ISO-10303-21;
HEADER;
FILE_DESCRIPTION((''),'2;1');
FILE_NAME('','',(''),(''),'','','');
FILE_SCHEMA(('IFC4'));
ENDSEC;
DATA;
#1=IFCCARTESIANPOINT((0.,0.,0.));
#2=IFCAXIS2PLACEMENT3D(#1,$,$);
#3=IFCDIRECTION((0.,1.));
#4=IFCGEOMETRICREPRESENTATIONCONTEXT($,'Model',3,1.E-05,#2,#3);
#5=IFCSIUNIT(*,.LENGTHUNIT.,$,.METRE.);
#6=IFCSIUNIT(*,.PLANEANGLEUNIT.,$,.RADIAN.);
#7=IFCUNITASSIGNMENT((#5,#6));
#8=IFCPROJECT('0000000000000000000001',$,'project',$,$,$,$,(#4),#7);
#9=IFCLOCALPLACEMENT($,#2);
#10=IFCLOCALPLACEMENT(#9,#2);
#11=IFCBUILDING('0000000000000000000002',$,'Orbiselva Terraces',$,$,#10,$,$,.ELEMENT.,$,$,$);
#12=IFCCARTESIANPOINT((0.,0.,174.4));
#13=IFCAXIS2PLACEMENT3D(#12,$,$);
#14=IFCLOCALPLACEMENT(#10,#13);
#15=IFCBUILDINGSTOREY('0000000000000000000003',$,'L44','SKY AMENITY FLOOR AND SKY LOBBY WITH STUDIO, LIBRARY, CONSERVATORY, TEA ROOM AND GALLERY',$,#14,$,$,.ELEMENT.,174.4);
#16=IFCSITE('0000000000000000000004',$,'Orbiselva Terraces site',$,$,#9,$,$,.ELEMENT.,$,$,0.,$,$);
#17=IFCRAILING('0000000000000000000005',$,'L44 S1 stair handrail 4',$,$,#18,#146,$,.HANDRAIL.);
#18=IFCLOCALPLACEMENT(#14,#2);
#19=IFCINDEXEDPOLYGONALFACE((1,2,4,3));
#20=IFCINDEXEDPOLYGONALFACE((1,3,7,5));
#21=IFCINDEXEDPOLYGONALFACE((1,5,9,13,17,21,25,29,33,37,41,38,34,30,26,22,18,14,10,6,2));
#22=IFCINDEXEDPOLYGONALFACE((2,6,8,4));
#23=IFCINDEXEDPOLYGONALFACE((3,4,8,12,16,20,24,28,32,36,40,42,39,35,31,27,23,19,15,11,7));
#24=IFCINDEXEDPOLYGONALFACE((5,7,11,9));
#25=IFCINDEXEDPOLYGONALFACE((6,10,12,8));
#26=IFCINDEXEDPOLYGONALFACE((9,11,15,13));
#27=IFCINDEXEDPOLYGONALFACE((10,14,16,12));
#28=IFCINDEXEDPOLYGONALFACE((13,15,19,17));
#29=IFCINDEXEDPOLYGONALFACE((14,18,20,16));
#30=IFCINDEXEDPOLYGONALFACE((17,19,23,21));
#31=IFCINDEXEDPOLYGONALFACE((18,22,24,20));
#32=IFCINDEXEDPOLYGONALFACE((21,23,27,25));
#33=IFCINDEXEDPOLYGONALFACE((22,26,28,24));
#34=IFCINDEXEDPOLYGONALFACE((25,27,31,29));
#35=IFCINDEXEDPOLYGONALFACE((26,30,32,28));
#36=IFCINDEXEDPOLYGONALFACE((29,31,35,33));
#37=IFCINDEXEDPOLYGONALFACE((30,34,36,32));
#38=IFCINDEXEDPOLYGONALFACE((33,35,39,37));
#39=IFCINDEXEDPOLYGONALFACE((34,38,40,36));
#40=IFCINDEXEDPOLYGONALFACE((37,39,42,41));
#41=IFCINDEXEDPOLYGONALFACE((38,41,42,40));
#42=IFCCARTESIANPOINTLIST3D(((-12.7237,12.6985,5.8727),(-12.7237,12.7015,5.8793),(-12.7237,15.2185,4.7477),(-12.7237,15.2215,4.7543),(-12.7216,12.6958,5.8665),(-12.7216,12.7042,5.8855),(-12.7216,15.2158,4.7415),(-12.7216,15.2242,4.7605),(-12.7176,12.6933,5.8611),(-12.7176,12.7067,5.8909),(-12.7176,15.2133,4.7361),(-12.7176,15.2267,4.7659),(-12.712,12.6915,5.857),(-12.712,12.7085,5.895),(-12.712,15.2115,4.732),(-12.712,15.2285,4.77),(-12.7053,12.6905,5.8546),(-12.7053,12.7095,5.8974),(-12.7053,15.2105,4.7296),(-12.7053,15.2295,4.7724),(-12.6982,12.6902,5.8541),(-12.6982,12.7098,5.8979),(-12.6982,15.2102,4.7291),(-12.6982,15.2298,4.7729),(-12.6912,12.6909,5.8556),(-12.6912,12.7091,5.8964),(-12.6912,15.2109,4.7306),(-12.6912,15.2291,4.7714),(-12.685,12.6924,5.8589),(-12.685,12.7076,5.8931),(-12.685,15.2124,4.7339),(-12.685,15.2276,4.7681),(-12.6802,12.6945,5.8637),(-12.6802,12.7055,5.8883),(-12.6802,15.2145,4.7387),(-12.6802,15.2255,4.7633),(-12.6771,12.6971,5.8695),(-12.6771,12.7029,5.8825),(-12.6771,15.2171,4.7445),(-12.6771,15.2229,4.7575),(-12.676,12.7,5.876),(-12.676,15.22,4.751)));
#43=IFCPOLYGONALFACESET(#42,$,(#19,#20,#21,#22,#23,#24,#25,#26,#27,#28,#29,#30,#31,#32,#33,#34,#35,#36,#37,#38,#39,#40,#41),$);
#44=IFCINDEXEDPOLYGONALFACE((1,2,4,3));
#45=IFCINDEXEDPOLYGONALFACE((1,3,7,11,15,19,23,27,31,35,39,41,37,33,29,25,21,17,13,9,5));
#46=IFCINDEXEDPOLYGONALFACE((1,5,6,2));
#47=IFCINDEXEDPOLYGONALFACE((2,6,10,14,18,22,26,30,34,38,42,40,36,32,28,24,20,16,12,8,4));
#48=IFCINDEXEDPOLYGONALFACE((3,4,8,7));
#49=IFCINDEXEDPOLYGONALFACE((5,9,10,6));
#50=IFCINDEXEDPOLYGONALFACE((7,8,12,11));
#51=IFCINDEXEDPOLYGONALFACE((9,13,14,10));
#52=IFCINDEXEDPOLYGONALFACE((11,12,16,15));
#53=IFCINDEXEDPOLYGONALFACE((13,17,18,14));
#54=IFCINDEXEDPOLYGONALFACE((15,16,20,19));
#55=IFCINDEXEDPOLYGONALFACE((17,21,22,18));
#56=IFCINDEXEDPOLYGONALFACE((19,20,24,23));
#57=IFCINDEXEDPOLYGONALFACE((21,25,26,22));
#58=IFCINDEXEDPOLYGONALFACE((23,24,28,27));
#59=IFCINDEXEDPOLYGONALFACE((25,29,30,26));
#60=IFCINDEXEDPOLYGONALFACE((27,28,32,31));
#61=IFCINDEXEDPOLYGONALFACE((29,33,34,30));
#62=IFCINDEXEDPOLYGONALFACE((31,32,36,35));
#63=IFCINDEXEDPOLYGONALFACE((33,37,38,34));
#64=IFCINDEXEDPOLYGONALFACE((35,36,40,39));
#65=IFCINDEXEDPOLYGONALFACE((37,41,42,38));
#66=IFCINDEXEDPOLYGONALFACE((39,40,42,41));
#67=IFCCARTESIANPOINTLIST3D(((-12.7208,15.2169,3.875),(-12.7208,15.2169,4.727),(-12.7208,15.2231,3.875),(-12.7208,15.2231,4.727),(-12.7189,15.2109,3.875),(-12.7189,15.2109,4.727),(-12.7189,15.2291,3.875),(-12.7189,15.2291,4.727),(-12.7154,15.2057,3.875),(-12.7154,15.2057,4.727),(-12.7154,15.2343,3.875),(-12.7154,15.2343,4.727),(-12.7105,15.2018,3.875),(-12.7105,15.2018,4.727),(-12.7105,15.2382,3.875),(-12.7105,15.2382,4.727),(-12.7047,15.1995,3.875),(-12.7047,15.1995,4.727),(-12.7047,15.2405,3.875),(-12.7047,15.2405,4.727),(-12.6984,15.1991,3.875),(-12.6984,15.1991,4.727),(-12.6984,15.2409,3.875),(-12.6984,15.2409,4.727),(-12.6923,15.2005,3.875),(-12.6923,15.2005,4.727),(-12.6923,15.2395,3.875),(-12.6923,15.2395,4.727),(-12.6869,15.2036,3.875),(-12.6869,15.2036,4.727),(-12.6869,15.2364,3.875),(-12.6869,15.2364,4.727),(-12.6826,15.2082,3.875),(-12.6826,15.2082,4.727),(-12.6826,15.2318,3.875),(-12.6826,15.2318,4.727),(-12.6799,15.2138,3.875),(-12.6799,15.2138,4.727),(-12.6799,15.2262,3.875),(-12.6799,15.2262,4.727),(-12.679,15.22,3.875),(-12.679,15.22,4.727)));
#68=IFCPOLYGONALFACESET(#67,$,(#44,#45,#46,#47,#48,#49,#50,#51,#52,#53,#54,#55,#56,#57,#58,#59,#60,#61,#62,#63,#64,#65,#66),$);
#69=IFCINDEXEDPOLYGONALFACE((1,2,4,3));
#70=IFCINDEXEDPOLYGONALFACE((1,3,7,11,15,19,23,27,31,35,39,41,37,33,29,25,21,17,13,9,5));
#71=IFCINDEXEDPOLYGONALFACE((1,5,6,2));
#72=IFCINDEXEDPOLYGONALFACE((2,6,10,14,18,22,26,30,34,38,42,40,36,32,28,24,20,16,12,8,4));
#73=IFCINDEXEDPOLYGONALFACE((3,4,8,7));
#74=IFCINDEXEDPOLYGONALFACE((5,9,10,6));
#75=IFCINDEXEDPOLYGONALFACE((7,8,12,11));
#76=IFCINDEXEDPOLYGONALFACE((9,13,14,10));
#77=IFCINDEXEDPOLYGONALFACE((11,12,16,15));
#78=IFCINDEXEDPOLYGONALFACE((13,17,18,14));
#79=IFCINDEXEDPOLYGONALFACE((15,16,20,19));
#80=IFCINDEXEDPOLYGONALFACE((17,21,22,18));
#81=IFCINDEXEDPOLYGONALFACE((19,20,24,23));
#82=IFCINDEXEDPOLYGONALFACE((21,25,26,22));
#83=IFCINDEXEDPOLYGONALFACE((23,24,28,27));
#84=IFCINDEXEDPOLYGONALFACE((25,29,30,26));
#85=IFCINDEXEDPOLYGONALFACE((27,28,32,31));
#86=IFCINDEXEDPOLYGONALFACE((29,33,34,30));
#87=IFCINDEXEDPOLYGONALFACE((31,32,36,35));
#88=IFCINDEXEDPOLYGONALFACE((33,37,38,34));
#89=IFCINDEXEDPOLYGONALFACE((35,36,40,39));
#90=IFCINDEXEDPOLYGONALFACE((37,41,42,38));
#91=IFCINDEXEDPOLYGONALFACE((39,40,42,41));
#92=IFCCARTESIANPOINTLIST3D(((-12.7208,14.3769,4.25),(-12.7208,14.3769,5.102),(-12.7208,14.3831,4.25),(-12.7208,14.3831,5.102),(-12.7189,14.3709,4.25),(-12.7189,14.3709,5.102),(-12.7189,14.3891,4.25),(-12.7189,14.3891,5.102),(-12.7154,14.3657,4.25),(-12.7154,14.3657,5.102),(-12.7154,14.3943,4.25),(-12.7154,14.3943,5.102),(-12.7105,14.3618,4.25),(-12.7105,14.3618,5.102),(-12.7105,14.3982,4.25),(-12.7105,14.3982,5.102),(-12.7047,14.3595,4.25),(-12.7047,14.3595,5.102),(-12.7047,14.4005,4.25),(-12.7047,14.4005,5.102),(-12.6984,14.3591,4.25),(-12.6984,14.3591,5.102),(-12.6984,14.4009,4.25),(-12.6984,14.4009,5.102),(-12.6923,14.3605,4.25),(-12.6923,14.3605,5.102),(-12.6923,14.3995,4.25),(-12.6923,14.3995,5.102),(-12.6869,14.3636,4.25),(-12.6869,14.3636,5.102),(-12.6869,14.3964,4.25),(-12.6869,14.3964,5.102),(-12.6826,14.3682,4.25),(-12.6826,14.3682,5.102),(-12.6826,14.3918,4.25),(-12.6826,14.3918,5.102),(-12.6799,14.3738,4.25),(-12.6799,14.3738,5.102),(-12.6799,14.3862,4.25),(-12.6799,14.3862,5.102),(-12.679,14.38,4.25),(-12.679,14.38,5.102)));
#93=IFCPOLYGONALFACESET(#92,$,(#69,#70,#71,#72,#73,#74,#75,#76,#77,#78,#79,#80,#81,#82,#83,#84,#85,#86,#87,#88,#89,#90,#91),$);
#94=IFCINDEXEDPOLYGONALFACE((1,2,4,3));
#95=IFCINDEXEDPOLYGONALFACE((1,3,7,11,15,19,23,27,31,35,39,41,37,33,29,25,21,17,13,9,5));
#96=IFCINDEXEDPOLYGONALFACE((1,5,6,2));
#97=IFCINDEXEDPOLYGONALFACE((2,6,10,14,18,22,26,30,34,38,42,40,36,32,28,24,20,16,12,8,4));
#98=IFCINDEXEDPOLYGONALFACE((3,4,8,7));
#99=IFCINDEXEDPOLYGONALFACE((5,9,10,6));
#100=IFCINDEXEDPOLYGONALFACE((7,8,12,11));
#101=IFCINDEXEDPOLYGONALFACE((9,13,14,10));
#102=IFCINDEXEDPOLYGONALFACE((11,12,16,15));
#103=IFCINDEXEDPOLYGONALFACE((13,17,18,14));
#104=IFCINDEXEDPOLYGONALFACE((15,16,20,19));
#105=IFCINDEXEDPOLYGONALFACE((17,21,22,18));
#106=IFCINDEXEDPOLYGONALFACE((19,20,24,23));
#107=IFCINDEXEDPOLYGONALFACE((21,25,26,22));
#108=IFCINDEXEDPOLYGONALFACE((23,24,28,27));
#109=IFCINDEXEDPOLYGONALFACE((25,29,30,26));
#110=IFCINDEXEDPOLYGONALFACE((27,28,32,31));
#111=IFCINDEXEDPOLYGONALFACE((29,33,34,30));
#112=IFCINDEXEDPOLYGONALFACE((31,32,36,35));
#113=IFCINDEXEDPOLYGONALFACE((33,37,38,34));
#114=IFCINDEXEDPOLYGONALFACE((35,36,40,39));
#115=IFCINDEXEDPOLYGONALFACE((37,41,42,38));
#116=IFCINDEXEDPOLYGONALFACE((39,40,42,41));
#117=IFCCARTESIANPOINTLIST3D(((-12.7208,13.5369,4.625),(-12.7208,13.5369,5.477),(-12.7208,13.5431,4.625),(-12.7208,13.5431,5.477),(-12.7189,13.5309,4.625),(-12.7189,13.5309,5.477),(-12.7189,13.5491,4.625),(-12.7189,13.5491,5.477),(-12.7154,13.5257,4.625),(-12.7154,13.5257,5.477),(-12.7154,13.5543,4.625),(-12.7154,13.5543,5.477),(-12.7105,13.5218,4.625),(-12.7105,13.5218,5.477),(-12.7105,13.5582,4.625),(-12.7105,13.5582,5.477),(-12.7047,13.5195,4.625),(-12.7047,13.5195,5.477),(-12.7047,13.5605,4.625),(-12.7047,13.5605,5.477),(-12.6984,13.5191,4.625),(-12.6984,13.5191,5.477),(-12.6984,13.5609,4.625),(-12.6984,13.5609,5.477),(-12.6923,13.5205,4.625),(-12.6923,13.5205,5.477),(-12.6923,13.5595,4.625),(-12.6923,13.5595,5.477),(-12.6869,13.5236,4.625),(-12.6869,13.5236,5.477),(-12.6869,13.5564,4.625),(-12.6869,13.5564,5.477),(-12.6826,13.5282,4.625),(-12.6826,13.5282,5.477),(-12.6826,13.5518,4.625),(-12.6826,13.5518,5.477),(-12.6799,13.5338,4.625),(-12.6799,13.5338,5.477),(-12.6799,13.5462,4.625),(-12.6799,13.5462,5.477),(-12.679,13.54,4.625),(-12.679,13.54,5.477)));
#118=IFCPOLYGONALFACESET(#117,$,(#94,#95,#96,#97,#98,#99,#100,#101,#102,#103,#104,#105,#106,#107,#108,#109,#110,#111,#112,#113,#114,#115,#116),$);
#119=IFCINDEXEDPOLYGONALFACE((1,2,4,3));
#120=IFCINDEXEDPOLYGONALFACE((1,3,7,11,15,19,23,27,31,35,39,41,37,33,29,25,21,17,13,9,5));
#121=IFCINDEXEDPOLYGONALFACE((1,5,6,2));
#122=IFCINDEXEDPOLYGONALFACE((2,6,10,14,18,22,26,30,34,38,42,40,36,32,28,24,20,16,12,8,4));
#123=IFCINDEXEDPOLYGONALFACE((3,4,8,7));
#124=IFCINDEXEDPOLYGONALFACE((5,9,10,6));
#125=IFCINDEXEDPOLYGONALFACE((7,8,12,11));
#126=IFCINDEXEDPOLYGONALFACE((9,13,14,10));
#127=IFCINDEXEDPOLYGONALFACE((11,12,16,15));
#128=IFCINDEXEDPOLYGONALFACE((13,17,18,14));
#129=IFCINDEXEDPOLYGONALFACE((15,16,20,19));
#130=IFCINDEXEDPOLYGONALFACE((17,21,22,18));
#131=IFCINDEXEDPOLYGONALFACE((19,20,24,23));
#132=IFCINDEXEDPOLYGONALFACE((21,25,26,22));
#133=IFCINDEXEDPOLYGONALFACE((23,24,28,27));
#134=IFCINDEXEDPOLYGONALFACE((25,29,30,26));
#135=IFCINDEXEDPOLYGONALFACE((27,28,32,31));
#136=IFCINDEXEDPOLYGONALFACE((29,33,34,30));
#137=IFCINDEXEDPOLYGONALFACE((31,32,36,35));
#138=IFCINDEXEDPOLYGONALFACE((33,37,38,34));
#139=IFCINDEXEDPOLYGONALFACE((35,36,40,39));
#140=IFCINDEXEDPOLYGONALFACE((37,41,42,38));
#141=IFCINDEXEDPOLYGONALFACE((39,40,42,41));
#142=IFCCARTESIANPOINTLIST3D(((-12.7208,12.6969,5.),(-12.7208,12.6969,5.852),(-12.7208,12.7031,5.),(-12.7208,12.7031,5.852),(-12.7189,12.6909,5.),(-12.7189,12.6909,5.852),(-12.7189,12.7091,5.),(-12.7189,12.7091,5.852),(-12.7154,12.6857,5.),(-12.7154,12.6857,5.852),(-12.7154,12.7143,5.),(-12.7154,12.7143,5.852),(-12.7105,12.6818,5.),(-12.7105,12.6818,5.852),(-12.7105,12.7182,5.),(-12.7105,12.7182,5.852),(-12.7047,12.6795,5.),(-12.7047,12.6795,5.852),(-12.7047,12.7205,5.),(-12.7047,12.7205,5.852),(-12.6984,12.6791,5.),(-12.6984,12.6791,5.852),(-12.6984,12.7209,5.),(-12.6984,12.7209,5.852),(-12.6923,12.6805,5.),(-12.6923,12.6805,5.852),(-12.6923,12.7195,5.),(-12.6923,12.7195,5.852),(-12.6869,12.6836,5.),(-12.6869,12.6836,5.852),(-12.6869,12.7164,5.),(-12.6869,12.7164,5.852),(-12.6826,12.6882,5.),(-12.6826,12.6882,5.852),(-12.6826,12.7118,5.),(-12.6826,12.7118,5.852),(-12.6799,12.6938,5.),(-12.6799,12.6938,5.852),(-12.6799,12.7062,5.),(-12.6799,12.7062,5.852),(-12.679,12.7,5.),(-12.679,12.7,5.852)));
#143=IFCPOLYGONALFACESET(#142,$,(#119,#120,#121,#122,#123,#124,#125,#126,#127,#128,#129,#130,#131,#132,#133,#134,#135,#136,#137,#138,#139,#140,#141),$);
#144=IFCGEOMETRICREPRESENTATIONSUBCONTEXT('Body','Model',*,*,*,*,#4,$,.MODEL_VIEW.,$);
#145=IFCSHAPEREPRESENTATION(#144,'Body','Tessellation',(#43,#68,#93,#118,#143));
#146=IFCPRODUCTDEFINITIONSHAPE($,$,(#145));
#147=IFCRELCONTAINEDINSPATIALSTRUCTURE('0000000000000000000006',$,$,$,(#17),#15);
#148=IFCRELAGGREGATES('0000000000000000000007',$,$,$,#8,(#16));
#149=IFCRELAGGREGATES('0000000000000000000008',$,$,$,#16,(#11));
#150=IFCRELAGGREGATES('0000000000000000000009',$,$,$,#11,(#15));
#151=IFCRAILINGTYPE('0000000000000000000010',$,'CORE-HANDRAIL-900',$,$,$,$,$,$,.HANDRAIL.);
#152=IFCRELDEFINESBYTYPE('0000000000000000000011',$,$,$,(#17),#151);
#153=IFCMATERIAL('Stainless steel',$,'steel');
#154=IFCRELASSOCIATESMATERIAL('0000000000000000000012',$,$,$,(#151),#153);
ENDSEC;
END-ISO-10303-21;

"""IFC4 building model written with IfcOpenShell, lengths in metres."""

from ifc_helpers import new_model, si_unit, direction, frame, origin, origin_2d, place, context, subcontext, project, spatial, circle, extrude, material, type_object, element, save


model = new_model("IFC4")

# Units and contexts
model_context = context("Model", 3, precision=1e-05, world=origin(), true_north=direction((0.0, 1.0)))
body_context = subcontext(model_context, "Body", "Model", "MODEL_VIEW")
ifc_project = project(units=[si_unit("LENGTHUNIT", "METRE"), si_unit("PLANEANGLEUNIT", "RADIAN")], contexts=[model_context])

# Site, building, storey
site_placement = place(None, origin())
site = spatial("IfcSite", under=ifc_project, at=site_placement, Name="Orbiselva Terraces site", CompositionType="ELEMENT", RefElevation=0.0)
building_placement = place(site_placement, origin())
building = spatial("IfcBuilding", under=site, at=building_placement, Name="Orbiselva Terraces", CompositionType="ELEMENT")
storey_placement = place(building_placement, frame((0.0, 0.0, 174.4)))
storey = spatial("IfcBuildingStorey", under=building, at=storey_placement, Name="L44", Description="SKY AMENITY FLOOR AND SKY LOBBY WITH STUDIO, LIBRARY, CONSERVATORY, TEA ROOM AND GALLERY", CompositionType="ELEMENT", Elevation=174.4)

# Railing
ifc_material_1 = material(Name="Stainless steel", Category="steel")
railing_type_1 = type_object("IfcRailingType", Name="CORE-HANDRAIL-900", PredefinedType="HANDRAIL", material=ifc_material_1)
railing_1_placement = place(storey_placement, frame((-12.7, 15.22, 3.875)))
element("IfcRailing", 1, at=railing_1_placement, inside=storey, type_object=railing_type_1, Name="L44 S1 stair handrail 4", PredefinedType="HANDRAIL", context=body_context, shape_type="SweptSolid", body=[
    extrude(circle(Radius=0.024, at=origin_2d()), frame((0.0, 0.0, 0.876), z_axis=(0.0, -0.913138, 0.407651), x_axis=(1.0, 0.0, 0.0)), (0.0, 0.0, 1.0), 2.7597),
    extrude(circle(Radius=0.021, at=origin_2d()), origin(), (0.0, 0.0, 1.0), 0.852),
    extrude(circle(Radius=0.021, at=origin_2d()), frame((0.0, -0.84, 0.375)), (0.0, 0.0, 1.0), 0.852),
    extrude(circle(Radius=0.021, at=origin_2d()), frame((0.0, -1.68, 0.75)), (0.0, 0.0, 1.0), 0.852),
    extrude(circle(Radius=0.021, at=origin_2d()), frame((0.0, -2.52, 1.125)), (0.0, 0.0, 1.0), 0.852),
])

save(model, "model.ifc")
